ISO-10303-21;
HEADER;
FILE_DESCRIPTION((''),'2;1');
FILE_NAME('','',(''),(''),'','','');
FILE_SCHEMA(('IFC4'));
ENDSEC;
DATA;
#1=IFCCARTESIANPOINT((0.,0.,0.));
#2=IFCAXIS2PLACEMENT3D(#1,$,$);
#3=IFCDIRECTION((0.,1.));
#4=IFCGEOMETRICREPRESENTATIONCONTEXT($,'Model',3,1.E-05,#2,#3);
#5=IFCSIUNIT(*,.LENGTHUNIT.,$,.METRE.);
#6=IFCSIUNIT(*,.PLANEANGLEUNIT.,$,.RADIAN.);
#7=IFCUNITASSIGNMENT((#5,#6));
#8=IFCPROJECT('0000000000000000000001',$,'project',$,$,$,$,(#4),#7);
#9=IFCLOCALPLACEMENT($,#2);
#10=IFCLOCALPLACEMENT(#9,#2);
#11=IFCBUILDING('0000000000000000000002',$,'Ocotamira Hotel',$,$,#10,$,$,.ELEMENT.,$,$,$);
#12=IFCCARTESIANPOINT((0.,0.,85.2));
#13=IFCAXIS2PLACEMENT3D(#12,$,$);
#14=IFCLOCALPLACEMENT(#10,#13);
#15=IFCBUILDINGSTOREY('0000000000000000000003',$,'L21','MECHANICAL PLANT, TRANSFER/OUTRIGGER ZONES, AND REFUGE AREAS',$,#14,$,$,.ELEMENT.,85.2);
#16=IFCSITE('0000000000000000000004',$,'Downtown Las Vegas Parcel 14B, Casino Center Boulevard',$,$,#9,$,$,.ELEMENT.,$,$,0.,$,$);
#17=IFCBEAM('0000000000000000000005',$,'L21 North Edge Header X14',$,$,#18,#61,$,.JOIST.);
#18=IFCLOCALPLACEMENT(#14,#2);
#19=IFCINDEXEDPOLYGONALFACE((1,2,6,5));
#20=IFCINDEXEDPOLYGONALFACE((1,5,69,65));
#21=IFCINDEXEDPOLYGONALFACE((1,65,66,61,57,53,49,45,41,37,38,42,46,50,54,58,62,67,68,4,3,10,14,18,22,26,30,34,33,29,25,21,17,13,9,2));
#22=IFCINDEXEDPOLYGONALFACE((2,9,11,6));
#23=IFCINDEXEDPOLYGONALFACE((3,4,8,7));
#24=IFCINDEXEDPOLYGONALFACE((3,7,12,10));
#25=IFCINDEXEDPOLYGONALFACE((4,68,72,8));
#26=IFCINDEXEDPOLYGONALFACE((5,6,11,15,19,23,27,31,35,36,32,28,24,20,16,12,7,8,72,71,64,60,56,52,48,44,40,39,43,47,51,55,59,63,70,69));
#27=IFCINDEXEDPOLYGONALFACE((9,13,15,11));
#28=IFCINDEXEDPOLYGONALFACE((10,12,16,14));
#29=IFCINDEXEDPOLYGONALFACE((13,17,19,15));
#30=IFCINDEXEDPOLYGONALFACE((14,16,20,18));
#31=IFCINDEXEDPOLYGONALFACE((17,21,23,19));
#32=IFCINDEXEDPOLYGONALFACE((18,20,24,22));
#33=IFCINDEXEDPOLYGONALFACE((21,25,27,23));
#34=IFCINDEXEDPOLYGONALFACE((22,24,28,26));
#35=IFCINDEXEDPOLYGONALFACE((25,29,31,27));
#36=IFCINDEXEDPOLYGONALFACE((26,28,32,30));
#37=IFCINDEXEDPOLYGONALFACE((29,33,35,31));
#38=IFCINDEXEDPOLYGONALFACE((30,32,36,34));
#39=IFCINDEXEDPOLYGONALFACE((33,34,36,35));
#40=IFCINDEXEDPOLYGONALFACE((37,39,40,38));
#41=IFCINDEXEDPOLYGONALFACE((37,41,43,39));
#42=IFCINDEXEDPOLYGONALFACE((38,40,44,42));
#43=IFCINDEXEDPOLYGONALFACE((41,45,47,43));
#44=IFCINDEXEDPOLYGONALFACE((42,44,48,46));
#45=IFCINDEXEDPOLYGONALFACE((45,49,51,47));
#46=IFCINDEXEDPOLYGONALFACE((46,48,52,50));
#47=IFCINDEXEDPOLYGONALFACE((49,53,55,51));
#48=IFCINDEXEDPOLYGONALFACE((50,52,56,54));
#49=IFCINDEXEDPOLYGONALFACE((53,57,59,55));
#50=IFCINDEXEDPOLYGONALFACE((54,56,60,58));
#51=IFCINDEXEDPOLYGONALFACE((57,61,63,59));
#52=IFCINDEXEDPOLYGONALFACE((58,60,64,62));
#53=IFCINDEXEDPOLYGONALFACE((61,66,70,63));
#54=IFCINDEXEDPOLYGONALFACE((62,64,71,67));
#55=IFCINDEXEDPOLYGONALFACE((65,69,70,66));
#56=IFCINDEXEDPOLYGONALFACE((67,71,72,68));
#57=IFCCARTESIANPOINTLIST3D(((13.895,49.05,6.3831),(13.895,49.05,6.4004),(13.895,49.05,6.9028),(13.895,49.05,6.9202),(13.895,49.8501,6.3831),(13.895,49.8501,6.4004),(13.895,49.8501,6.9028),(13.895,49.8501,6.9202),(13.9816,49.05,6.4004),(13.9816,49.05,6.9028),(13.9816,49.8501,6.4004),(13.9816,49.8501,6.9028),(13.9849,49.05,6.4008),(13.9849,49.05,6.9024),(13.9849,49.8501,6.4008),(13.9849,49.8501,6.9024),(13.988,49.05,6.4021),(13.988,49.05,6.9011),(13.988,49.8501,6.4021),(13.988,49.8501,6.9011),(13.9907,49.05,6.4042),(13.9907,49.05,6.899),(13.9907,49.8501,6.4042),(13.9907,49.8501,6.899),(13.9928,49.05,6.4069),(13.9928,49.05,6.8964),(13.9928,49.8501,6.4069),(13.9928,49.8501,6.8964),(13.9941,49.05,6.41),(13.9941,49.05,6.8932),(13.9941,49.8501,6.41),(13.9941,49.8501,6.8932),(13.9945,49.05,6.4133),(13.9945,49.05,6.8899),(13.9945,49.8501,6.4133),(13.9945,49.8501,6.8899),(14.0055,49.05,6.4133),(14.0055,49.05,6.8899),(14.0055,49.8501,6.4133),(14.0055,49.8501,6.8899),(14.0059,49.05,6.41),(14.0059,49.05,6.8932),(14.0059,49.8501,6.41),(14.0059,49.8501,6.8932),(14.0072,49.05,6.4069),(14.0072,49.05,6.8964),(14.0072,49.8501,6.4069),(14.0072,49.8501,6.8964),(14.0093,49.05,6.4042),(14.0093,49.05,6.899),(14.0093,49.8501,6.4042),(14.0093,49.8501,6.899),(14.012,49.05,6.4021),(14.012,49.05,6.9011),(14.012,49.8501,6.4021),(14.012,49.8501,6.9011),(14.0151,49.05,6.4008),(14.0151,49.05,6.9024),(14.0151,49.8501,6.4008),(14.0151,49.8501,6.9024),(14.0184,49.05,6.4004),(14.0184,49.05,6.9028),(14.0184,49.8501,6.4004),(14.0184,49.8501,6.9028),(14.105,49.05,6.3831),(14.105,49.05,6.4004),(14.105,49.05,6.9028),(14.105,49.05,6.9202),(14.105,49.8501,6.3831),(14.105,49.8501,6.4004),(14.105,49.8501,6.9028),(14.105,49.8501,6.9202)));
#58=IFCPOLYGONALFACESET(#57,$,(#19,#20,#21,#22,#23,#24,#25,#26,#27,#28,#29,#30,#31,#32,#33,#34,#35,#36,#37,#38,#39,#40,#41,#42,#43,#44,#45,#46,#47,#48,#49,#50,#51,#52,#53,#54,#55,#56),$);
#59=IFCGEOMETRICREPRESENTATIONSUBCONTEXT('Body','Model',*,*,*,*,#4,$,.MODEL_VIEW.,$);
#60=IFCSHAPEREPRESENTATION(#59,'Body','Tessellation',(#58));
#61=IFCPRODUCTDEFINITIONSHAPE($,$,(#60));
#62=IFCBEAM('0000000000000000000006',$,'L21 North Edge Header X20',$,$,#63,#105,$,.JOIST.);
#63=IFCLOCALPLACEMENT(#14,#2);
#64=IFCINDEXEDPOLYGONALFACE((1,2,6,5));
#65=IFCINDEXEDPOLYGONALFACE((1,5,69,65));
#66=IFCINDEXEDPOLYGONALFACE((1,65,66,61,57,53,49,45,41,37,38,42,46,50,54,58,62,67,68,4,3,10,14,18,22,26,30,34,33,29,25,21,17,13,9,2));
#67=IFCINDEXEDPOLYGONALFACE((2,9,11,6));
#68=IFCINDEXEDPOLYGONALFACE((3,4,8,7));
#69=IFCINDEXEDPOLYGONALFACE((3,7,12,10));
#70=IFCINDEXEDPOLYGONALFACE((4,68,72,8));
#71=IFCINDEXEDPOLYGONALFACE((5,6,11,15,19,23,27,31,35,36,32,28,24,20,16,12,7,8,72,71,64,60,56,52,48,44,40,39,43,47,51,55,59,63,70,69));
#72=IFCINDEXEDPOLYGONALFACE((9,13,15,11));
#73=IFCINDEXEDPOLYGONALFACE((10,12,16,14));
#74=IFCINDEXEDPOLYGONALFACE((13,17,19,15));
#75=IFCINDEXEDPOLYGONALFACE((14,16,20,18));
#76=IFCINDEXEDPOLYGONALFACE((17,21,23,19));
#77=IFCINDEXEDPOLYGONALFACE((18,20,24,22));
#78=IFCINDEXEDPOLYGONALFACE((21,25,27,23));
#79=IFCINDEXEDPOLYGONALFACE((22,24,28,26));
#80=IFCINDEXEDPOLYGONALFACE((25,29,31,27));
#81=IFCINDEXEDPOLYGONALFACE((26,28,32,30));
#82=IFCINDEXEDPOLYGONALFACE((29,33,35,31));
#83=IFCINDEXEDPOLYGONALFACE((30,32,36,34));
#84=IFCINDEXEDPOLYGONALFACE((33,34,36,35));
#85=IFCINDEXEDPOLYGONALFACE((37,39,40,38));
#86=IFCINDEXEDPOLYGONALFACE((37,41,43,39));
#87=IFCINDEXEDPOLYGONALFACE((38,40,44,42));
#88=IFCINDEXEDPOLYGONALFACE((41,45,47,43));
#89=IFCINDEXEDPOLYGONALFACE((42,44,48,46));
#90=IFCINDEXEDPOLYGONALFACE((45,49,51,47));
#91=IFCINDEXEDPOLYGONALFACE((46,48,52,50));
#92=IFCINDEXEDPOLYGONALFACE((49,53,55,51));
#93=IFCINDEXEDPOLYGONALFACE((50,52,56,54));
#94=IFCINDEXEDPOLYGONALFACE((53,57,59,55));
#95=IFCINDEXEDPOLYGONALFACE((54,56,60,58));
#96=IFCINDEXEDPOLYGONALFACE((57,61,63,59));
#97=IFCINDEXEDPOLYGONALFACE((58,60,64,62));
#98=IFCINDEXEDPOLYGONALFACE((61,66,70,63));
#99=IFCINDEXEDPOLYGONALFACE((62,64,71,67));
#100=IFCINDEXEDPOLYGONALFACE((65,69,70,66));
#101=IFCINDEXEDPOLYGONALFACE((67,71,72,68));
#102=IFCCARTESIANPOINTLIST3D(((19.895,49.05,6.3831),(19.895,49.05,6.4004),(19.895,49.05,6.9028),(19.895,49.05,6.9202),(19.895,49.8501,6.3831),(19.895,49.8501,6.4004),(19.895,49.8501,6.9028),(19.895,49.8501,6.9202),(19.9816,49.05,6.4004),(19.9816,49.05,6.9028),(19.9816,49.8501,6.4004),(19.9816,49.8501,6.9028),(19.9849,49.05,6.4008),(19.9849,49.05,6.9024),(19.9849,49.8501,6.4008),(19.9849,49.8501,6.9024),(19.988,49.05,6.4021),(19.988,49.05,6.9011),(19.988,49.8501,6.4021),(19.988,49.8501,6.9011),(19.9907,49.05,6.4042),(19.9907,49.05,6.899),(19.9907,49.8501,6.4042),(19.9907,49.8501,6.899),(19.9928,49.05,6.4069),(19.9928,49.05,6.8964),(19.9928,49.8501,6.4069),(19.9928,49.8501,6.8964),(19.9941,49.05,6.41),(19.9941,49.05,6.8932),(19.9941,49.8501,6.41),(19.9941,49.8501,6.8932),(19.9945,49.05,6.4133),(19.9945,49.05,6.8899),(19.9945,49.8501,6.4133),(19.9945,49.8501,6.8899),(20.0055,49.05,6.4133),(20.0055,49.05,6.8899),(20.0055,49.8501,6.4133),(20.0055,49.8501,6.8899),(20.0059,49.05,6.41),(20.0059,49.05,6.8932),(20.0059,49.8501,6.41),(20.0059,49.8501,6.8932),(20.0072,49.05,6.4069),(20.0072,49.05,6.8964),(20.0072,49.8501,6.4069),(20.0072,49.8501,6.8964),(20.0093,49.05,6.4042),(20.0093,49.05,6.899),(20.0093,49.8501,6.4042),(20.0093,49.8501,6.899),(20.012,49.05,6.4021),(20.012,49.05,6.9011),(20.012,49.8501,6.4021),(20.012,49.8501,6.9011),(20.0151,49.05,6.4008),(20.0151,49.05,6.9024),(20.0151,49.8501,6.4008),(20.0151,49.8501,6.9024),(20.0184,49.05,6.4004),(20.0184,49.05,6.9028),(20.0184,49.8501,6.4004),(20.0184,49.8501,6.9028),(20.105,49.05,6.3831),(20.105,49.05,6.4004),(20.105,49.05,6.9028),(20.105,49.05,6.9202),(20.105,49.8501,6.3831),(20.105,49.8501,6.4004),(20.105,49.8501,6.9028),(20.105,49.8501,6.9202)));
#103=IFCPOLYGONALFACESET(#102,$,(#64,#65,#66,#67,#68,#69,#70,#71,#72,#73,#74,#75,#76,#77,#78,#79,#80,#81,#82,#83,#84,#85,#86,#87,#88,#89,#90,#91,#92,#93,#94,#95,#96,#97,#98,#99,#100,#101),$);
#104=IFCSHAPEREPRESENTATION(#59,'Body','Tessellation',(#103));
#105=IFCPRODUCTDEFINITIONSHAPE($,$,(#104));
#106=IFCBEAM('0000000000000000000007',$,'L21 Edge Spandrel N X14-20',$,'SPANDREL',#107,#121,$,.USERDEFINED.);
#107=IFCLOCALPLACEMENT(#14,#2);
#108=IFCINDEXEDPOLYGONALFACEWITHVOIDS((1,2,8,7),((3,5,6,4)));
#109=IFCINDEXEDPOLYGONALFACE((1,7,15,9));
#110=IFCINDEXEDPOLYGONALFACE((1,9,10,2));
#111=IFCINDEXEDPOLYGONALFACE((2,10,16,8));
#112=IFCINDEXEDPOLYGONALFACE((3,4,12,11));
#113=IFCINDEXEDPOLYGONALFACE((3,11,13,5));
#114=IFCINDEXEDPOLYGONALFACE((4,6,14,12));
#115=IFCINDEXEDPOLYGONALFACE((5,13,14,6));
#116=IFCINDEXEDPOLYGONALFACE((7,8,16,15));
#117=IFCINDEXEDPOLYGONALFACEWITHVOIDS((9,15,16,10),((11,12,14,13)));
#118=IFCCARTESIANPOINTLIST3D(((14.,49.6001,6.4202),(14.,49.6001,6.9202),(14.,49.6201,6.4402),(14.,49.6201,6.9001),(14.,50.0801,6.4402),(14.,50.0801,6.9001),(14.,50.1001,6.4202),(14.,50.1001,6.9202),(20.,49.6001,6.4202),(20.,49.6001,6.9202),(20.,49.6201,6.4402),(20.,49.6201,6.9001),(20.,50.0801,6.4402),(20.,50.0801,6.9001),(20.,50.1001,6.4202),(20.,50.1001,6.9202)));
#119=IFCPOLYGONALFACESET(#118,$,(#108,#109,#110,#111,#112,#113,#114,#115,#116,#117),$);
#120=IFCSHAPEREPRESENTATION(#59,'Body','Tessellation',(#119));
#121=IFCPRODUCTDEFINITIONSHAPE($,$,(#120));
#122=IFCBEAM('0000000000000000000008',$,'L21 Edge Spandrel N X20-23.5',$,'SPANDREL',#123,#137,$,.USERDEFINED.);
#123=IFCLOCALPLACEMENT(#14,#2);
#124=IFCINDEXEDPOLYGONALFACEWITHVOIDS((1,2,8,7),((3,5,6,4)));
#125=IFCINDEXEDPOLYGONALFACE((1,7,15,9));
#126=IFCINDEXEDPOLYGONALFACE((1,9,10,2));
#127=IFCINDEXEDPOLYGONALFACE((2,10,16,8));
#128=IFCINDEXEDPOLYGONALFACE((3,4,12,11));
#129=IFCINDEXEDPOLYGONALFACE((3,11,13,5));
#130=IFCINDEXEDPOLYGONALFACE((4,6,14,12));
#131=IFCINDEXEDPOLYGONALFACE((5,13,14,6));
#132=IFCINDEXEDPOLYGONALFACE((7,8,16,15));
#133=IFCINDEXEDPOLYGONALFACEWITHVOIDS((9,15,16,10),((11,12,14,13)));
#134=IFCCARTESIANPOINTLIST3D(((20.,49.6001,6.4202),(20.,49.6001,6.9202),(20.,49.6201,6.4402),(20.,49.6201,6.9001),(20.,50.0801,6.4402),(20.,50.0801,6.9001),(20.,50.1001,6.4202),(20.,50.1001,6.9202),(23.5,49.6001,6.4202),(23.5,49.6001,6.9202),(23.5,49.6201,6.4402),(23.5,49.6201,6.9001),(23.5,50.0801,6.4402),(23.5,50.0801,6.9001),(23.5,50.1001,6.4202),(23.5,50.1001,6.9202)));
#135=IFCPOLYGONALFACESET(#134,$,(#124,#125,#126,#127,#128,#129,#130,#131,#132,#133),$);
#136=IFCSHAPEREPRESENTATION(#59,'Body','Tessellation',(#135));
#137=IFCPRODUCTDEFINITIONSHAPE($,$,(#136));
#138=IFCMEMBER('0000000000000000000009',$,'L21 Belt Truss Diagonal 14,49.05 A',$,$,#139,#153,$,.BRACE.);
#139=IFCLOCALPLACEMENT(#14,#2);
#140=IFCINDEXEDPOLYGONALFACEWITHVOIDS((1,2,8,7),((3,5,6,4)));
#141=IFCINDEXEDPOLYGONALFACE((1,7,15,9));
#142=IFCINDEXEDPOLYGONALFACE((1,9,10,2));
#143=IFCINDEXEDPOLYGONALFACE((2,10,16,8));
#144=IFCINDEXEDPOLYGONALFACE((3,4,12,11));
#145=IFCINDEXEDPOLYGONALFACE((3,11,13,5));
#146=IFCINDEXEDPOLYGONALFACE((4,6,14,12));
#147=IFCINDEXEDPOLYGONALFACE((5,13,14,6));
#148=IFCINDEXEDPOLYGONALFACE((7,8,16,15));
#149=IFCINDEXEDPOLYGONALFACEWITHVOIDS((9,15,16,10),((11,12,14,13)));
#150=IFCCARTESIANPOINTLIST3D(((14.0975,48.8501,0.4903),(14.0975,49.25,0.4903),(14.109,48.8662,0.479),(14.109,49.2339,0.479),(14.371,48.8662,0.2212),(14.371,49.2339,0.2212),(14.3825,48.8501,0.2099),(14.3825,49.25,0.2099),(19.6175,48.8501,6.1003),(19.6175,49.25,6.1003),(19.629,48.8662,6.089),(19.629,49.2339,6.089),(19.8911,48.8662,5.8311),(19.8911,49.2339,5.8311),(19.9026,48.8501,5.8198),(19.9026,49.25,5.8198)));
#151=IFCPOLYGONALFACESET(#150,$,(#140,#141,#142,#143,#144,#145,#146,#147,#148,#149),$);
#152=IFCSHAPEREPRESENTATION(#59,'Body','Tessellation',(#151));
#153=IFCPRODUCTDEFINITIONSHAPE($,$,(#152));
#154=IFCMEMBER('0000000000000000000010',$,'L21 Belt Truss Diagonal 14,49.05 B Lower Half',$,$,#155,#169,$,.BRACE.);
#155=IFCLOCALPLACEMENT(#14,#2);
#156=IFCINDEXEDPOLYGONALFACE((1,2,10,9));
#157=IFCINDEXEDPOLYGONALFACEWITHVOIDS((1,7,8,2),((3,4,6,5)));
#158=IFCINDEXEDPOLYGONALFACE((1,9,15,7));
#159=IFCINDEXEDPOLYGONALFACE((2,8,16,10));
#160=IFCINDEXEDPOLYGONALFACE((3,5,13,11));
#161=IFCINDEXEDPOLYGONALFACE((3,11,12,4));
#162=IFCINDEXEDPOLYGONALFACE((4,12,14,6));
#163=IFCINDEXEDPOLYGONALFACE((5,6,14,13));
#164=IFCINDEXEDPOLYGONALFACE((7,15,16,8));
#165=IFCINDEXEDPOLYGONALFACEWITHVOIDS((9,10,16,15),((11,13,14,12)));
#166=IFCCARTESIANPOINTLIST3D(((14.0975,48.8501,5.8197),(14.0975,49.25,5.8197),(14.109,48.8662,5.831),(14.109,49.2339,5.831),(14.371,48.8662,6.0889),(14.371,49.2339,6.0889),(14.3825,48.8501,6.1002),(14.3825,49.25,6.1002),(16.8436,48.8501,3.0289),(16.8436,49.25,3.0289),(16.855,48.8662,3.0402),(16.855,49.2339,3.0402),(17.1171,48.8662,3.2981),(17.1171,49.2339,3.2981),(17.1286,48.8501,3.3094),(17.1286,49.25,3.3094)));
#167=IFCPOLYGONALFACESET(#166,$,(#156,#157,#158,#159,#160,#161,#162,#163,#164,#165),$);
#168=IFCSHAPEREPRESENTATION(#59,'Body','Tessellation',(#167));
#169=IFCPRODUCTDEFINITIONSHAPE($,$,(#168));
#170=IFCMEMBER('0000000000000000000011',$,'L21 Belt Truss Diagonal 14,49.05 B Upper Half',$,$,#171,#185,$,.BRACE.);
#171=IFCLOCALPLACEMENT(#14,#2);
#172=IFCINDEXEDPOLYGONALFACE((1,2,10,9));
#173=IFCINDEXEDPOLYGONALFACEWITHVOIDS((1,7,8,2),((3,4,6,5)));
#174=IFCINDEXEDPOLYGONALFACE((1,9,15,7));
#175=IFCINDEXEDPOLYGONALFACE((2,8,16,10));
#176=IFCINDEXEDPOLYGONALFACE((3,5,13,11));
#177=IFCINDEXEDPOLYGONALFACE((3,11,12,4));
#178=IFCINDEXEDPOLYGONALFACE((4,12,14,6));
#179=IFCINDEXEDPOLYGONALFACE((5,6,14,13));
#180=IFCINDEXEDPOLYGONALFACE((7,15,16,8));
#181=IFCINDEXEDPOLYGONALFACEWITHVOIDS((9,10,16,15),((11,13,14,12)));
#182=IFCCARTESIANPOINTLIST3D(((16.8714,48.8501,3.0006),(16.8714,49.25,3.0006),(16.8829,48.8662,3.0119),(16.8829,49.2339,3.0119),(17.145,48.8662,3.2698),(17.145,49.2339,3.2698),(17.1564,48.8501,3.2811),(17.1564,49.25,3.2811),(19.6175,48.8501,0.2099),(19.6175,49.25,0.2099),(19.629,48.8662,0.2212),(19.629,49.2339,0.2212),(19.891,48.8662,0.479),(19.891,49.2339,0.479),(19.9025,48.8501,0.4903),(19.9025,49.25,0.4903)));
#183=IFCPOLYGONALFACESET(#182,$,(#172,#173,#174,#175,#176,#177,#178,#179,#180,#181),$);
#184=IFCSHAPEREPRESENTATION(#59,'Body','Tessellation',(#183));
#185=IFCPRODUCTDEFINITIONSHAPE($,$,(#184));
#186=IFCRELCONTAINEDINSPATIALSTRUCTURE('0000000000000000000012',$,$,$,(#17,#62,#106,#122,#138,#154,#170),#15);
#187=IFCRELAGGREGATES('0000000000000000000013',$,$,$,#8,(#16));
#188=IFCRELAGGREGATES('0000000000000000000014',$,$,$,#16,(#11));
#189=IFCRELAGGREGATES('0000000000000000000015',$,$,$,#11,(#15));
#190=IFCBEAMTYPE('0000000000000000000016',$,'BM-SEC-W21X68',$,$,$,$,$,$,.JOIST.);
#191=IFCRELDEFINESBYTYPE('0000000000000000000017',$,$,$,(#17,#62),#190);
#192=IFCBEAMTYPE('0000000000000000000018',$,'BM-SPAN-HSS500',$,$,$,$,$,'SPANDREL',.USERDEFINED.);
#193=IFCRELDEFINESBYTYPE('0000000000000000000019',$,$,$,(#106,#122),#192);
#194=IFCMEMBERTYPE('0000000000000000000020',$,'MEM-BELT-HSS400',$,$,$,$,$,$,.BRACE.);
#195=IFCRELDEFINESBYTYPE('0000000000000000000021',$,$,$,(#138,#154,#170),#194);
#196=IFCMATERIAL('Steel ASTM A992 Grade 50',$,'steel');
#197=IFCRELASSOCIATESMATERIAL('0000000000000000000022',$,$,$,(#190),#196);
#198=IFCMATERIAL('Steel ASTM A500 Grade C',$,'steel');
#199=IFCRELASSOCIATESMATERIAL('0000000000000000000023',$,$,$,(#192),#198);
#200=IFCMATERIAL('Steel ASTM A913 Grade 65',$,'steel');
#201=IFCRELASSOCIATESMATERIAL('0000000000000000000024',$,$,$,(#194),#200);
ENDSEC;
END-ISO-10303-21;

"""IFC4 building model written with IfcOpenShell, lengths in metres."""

from ifc_helpers import new_model, si_unit, direction, frame, origin, origin_2d, place, context, subcontext, project, spatial, hollow_rectangle, i_section, extrude, source, transform, mapped, material, material_profile, profile_set, type_object, element, save


model = new_model("IFC4")

# Units and contexts
model_context = context("Model", 3, precision=1e-05, world=origin(), true_north=direction((0.0, 1.0)))
body_context = subcontext(model_context, "Body", "Model", "MODEL_VIEW")
ifc_project = project(units=[si_unit("LENGTHUNIT", "METRE"), si_unit("PLANEANGLEUNIT", "RADIAN")], contexts=[model_context])

# Site, building, storey
site_placement = place(None, origin())
site = spatial("IfcSite", under=ifc_project, at=site_placement, Name="Downtown Las Vegas Parcel 14B, Casino Center Boulevard", CompositionType="ELEMENT", RefElevation=0.0)
building_placement = place(site_placement, origin())
building = spatial("IfcBuilding", under=site, at=building_placement, Name="Ocotamira Hotel", CompositionType="ELEMENT")
storey_placement = place(building_placement, frame((0.0, 0.0, 85.2)))
storey = spatial("IfcBuildingStorey", under=building, at=storey_placement, Name="L21", Description="MECHANICAL PLANT, TRANSFER/OUTRIGGER ZONES, AND REFUGE AREAS", CompositionType="ELEMENT", Elevation=85.2)

# Shared definitions
ifc_material_1 = material(Name="Steel ASTM A913 Grade 65", Category="steel")

# Beams
ifc_material_2 = material(Name="Steel ASTM A992 Grade 50", Category="steel")
ifc_material_profile_1 = material_profile(ifc_material_2, i_section(OverallWidth=0.21, OverallDepth=0.5371, WebThickness=0.011, FlangeThickness=0.0173, FilletRadius=0.0129, at=origin_2d()), Name="W21X68")
ifc_profile_set_1 = profile_set([ifc_material_profile_1], Name="Steel ASTM A992 Grade 50")
beam_type_1 = type_object("IfcBeamType", Name="BM-SEC-W21X68", PredefinedType="JOIST", material=ifc_profile_set_1)
shared_shape_1 = source(origin(), body_context, "Body", "SweptSolid", [
    extrude(i_section(OverallWidth=0.21, OverallDepth=0.5371, WebThickness=0.011, FlangeThickness=0.0173, FilletRadius=0.0129, at=origin_2d()), origin(), (0.0, 0.0, 1.0), 0.8),
])
for number, where, z_axis, x_axis, name in (
    (1, (14.0, 49.05, 6.6516), (0.0, 1.0, 0.0), (-1.0, 0.0, 0.0), "L21 North Edge Header X14"),
    (2, (20.0, 49.05, 6.6516), (0.0, 1.0, 0.0), (-1.0, 0.0, 0.0), "L21 North Edge Header X20"),
):
    element("IfcBeam", number, at=place(storey_placement, frame(where, z_axis=z_axis, x_axis=x_axis)), inside=storey, type_object=beam_type_1, Name=name, PredefinedType="JOIST", context=body_context, shape_type="MappedRepresentation", body=[
        mapped(shared_shape_1, transform((0.0, 0.0, 0.0), scale=1.0)),
    ])
ifc_material_3 = material(Name="Steel ASTM A500 Grade C", Category="steel")
ifc_material_profile_2 = material_profile(ifc_material_3, hollow_rectangle(XDim=0.5, YDim=0.5, WallThickness=0.02, at=origin_2d()), Name="HSS500X500X20")
ifc_profile_set_2 = profile_set([ifc_material_profile_2], Name="Steel ASTM A500 Grade C")
beam_type_2 = type_object("IfcBeamType", Name="BM-SPAN-HSS500", ElementType="SPANDREL", PredefinedType="USERDEFINED", material=ifc_profile_set_2)
shared_shape_2 = source(origin(), body_context, "Body", "SweptSolid", [
    extrude(hollow_rectangle(XDim=0.5, YDim=0.5, WallThickness=0.02, at=origin_2d()), origin(), (0.0, 0.0, 1.0), 6.0),
])
beam_1_placement = place(storey_placement, frame((14.0, 49.8501, 6.6702), z_axis=(1.0, 0.0, 0.0), x_axis=(0.0, 1.0, 0.0)))
element("IfcBeam", 3, at=beam_1_placement, inside=storey, type_object=beam_type_2, Name="L21 Edge Spandrel N X14-20", ObjectType="SPANDREL", PredefinedType="USERDEFINED", context=body_context, shape_type="MappedRepresentation", body=[
    mapped(shared_shape_2, transform((0.0, 0.0, 0.0), scale=1.0)),
])
shared_shape_3 = source(origin(), body_context, "Body", "SweptSolid", [
    extrude(hollow_rectangle(XDim=0.5, YDim=0.5, WallThickness=0.02, at=origin_2d()), origin(), (0.0, 0.0, 1.0), 3.5),
])
beam_2_placement = place(storey_placement, frame((20.0, 49.8501, 6.6702), z_axis=(1.0, 0.0, 0.0), x_axis=(0.0, 1.0, 0.0)))
element("IfcBeam", 4, at=beam_2_placement, inside=storey, type_object=beam_type_2, Name="L21 Edge Spandrel N X20-23.5", ObjectType="SPANDREL", PredefinedType="USERDEFINED", context=body_context, shape_type="MappedRepresentation", body=[
    mapped(shared_shape_3, transform((0.0, 0.0, 0.0), scale=1.0)),
])

# Members
ifc_material_profile_3 = material_profile(ifc_material_1, hollow_rectangle(XDim=0.3999, YDim=0.3999, WallThickness=0.0161, at=origin_2d()), Name="HSS400X400X16")
ifc_profile_set_3 = profile_set([ifc_material_profile_3], Name="Steel ASTM A913 Grade 65")
member_type_1 = type_object("IfcMemberType", Name="MEM-BELT-HSS400", PredefinedType="BRACE", material=ifc_profile_set_3)
shared_shape_4 = source(origin(), body_context, "Body", "SweptSolid", [
    extrude(hollow_rectangle(XDim=0.3999, YDim=0.3999, WallThickness=0.0161, at=origin_2d()), origin(), (0.0, 0.0, 1.0), 7.8704),
])
member_1_placement = place(storey_placement, frame((14.24, 49.05, 0.3501), z_axis=(0.701376, 0.0, 0.712792), x_axis=(0.0, 1.0, 0.0)))
element("IfcMember", 5, at=member_1_placement, inside=storey, type_object=member_type_1, Name="L21 Belt Truss Diagonal 14,49.05 A", PredefinedType="BRACE", context=body_context, shape_type="MappedRepresentation", body=[
    mapped(shared_shape_4, transform((0.0, 0.0, 0.0), scale=1.0)),
])
shared_shape_5 = source(origin(), body_context, "Body", "SweptSolid", [
    extrude(hollow_rectangle(XDim=0.3999, YDim=0.3999, WallThickness=0.0161, at=origin_2d()), origin(), (0.0, 0.0, 1.0), 3.9153),
])
for number, where, z_axis, x_axis, name in (
    (6, (14.24, 49.05, 5.96), (0.701378, 0.0, -0.712789), (0.0, 1.0, 0.0), "L21 Belt Truss Diagonal 14,49.05 B Lower Half"),
    (7, (17.0139, 49.05, 3.1409), (0.701378, 0.0, -0.712789), (0.0, 1.0, 0.0), "L21 Belt Truss Diagonal 14,49.05 B Upper Half"),
):
    element("IfcMember", number, at=place(storey_placement, frame(where, z_axis=z_axis, x_axis=x_axis)), inside=storey, type_object=member_type_1, Name=name, PredefinedType="BRACE", context=body_context, shape_type="MappedRepresentation", body=[
        mapped(shared_shape_5, transform((0.0, 0.0, 0.0), scale=1.0)),
    ])

save(model, "model.ifc")
